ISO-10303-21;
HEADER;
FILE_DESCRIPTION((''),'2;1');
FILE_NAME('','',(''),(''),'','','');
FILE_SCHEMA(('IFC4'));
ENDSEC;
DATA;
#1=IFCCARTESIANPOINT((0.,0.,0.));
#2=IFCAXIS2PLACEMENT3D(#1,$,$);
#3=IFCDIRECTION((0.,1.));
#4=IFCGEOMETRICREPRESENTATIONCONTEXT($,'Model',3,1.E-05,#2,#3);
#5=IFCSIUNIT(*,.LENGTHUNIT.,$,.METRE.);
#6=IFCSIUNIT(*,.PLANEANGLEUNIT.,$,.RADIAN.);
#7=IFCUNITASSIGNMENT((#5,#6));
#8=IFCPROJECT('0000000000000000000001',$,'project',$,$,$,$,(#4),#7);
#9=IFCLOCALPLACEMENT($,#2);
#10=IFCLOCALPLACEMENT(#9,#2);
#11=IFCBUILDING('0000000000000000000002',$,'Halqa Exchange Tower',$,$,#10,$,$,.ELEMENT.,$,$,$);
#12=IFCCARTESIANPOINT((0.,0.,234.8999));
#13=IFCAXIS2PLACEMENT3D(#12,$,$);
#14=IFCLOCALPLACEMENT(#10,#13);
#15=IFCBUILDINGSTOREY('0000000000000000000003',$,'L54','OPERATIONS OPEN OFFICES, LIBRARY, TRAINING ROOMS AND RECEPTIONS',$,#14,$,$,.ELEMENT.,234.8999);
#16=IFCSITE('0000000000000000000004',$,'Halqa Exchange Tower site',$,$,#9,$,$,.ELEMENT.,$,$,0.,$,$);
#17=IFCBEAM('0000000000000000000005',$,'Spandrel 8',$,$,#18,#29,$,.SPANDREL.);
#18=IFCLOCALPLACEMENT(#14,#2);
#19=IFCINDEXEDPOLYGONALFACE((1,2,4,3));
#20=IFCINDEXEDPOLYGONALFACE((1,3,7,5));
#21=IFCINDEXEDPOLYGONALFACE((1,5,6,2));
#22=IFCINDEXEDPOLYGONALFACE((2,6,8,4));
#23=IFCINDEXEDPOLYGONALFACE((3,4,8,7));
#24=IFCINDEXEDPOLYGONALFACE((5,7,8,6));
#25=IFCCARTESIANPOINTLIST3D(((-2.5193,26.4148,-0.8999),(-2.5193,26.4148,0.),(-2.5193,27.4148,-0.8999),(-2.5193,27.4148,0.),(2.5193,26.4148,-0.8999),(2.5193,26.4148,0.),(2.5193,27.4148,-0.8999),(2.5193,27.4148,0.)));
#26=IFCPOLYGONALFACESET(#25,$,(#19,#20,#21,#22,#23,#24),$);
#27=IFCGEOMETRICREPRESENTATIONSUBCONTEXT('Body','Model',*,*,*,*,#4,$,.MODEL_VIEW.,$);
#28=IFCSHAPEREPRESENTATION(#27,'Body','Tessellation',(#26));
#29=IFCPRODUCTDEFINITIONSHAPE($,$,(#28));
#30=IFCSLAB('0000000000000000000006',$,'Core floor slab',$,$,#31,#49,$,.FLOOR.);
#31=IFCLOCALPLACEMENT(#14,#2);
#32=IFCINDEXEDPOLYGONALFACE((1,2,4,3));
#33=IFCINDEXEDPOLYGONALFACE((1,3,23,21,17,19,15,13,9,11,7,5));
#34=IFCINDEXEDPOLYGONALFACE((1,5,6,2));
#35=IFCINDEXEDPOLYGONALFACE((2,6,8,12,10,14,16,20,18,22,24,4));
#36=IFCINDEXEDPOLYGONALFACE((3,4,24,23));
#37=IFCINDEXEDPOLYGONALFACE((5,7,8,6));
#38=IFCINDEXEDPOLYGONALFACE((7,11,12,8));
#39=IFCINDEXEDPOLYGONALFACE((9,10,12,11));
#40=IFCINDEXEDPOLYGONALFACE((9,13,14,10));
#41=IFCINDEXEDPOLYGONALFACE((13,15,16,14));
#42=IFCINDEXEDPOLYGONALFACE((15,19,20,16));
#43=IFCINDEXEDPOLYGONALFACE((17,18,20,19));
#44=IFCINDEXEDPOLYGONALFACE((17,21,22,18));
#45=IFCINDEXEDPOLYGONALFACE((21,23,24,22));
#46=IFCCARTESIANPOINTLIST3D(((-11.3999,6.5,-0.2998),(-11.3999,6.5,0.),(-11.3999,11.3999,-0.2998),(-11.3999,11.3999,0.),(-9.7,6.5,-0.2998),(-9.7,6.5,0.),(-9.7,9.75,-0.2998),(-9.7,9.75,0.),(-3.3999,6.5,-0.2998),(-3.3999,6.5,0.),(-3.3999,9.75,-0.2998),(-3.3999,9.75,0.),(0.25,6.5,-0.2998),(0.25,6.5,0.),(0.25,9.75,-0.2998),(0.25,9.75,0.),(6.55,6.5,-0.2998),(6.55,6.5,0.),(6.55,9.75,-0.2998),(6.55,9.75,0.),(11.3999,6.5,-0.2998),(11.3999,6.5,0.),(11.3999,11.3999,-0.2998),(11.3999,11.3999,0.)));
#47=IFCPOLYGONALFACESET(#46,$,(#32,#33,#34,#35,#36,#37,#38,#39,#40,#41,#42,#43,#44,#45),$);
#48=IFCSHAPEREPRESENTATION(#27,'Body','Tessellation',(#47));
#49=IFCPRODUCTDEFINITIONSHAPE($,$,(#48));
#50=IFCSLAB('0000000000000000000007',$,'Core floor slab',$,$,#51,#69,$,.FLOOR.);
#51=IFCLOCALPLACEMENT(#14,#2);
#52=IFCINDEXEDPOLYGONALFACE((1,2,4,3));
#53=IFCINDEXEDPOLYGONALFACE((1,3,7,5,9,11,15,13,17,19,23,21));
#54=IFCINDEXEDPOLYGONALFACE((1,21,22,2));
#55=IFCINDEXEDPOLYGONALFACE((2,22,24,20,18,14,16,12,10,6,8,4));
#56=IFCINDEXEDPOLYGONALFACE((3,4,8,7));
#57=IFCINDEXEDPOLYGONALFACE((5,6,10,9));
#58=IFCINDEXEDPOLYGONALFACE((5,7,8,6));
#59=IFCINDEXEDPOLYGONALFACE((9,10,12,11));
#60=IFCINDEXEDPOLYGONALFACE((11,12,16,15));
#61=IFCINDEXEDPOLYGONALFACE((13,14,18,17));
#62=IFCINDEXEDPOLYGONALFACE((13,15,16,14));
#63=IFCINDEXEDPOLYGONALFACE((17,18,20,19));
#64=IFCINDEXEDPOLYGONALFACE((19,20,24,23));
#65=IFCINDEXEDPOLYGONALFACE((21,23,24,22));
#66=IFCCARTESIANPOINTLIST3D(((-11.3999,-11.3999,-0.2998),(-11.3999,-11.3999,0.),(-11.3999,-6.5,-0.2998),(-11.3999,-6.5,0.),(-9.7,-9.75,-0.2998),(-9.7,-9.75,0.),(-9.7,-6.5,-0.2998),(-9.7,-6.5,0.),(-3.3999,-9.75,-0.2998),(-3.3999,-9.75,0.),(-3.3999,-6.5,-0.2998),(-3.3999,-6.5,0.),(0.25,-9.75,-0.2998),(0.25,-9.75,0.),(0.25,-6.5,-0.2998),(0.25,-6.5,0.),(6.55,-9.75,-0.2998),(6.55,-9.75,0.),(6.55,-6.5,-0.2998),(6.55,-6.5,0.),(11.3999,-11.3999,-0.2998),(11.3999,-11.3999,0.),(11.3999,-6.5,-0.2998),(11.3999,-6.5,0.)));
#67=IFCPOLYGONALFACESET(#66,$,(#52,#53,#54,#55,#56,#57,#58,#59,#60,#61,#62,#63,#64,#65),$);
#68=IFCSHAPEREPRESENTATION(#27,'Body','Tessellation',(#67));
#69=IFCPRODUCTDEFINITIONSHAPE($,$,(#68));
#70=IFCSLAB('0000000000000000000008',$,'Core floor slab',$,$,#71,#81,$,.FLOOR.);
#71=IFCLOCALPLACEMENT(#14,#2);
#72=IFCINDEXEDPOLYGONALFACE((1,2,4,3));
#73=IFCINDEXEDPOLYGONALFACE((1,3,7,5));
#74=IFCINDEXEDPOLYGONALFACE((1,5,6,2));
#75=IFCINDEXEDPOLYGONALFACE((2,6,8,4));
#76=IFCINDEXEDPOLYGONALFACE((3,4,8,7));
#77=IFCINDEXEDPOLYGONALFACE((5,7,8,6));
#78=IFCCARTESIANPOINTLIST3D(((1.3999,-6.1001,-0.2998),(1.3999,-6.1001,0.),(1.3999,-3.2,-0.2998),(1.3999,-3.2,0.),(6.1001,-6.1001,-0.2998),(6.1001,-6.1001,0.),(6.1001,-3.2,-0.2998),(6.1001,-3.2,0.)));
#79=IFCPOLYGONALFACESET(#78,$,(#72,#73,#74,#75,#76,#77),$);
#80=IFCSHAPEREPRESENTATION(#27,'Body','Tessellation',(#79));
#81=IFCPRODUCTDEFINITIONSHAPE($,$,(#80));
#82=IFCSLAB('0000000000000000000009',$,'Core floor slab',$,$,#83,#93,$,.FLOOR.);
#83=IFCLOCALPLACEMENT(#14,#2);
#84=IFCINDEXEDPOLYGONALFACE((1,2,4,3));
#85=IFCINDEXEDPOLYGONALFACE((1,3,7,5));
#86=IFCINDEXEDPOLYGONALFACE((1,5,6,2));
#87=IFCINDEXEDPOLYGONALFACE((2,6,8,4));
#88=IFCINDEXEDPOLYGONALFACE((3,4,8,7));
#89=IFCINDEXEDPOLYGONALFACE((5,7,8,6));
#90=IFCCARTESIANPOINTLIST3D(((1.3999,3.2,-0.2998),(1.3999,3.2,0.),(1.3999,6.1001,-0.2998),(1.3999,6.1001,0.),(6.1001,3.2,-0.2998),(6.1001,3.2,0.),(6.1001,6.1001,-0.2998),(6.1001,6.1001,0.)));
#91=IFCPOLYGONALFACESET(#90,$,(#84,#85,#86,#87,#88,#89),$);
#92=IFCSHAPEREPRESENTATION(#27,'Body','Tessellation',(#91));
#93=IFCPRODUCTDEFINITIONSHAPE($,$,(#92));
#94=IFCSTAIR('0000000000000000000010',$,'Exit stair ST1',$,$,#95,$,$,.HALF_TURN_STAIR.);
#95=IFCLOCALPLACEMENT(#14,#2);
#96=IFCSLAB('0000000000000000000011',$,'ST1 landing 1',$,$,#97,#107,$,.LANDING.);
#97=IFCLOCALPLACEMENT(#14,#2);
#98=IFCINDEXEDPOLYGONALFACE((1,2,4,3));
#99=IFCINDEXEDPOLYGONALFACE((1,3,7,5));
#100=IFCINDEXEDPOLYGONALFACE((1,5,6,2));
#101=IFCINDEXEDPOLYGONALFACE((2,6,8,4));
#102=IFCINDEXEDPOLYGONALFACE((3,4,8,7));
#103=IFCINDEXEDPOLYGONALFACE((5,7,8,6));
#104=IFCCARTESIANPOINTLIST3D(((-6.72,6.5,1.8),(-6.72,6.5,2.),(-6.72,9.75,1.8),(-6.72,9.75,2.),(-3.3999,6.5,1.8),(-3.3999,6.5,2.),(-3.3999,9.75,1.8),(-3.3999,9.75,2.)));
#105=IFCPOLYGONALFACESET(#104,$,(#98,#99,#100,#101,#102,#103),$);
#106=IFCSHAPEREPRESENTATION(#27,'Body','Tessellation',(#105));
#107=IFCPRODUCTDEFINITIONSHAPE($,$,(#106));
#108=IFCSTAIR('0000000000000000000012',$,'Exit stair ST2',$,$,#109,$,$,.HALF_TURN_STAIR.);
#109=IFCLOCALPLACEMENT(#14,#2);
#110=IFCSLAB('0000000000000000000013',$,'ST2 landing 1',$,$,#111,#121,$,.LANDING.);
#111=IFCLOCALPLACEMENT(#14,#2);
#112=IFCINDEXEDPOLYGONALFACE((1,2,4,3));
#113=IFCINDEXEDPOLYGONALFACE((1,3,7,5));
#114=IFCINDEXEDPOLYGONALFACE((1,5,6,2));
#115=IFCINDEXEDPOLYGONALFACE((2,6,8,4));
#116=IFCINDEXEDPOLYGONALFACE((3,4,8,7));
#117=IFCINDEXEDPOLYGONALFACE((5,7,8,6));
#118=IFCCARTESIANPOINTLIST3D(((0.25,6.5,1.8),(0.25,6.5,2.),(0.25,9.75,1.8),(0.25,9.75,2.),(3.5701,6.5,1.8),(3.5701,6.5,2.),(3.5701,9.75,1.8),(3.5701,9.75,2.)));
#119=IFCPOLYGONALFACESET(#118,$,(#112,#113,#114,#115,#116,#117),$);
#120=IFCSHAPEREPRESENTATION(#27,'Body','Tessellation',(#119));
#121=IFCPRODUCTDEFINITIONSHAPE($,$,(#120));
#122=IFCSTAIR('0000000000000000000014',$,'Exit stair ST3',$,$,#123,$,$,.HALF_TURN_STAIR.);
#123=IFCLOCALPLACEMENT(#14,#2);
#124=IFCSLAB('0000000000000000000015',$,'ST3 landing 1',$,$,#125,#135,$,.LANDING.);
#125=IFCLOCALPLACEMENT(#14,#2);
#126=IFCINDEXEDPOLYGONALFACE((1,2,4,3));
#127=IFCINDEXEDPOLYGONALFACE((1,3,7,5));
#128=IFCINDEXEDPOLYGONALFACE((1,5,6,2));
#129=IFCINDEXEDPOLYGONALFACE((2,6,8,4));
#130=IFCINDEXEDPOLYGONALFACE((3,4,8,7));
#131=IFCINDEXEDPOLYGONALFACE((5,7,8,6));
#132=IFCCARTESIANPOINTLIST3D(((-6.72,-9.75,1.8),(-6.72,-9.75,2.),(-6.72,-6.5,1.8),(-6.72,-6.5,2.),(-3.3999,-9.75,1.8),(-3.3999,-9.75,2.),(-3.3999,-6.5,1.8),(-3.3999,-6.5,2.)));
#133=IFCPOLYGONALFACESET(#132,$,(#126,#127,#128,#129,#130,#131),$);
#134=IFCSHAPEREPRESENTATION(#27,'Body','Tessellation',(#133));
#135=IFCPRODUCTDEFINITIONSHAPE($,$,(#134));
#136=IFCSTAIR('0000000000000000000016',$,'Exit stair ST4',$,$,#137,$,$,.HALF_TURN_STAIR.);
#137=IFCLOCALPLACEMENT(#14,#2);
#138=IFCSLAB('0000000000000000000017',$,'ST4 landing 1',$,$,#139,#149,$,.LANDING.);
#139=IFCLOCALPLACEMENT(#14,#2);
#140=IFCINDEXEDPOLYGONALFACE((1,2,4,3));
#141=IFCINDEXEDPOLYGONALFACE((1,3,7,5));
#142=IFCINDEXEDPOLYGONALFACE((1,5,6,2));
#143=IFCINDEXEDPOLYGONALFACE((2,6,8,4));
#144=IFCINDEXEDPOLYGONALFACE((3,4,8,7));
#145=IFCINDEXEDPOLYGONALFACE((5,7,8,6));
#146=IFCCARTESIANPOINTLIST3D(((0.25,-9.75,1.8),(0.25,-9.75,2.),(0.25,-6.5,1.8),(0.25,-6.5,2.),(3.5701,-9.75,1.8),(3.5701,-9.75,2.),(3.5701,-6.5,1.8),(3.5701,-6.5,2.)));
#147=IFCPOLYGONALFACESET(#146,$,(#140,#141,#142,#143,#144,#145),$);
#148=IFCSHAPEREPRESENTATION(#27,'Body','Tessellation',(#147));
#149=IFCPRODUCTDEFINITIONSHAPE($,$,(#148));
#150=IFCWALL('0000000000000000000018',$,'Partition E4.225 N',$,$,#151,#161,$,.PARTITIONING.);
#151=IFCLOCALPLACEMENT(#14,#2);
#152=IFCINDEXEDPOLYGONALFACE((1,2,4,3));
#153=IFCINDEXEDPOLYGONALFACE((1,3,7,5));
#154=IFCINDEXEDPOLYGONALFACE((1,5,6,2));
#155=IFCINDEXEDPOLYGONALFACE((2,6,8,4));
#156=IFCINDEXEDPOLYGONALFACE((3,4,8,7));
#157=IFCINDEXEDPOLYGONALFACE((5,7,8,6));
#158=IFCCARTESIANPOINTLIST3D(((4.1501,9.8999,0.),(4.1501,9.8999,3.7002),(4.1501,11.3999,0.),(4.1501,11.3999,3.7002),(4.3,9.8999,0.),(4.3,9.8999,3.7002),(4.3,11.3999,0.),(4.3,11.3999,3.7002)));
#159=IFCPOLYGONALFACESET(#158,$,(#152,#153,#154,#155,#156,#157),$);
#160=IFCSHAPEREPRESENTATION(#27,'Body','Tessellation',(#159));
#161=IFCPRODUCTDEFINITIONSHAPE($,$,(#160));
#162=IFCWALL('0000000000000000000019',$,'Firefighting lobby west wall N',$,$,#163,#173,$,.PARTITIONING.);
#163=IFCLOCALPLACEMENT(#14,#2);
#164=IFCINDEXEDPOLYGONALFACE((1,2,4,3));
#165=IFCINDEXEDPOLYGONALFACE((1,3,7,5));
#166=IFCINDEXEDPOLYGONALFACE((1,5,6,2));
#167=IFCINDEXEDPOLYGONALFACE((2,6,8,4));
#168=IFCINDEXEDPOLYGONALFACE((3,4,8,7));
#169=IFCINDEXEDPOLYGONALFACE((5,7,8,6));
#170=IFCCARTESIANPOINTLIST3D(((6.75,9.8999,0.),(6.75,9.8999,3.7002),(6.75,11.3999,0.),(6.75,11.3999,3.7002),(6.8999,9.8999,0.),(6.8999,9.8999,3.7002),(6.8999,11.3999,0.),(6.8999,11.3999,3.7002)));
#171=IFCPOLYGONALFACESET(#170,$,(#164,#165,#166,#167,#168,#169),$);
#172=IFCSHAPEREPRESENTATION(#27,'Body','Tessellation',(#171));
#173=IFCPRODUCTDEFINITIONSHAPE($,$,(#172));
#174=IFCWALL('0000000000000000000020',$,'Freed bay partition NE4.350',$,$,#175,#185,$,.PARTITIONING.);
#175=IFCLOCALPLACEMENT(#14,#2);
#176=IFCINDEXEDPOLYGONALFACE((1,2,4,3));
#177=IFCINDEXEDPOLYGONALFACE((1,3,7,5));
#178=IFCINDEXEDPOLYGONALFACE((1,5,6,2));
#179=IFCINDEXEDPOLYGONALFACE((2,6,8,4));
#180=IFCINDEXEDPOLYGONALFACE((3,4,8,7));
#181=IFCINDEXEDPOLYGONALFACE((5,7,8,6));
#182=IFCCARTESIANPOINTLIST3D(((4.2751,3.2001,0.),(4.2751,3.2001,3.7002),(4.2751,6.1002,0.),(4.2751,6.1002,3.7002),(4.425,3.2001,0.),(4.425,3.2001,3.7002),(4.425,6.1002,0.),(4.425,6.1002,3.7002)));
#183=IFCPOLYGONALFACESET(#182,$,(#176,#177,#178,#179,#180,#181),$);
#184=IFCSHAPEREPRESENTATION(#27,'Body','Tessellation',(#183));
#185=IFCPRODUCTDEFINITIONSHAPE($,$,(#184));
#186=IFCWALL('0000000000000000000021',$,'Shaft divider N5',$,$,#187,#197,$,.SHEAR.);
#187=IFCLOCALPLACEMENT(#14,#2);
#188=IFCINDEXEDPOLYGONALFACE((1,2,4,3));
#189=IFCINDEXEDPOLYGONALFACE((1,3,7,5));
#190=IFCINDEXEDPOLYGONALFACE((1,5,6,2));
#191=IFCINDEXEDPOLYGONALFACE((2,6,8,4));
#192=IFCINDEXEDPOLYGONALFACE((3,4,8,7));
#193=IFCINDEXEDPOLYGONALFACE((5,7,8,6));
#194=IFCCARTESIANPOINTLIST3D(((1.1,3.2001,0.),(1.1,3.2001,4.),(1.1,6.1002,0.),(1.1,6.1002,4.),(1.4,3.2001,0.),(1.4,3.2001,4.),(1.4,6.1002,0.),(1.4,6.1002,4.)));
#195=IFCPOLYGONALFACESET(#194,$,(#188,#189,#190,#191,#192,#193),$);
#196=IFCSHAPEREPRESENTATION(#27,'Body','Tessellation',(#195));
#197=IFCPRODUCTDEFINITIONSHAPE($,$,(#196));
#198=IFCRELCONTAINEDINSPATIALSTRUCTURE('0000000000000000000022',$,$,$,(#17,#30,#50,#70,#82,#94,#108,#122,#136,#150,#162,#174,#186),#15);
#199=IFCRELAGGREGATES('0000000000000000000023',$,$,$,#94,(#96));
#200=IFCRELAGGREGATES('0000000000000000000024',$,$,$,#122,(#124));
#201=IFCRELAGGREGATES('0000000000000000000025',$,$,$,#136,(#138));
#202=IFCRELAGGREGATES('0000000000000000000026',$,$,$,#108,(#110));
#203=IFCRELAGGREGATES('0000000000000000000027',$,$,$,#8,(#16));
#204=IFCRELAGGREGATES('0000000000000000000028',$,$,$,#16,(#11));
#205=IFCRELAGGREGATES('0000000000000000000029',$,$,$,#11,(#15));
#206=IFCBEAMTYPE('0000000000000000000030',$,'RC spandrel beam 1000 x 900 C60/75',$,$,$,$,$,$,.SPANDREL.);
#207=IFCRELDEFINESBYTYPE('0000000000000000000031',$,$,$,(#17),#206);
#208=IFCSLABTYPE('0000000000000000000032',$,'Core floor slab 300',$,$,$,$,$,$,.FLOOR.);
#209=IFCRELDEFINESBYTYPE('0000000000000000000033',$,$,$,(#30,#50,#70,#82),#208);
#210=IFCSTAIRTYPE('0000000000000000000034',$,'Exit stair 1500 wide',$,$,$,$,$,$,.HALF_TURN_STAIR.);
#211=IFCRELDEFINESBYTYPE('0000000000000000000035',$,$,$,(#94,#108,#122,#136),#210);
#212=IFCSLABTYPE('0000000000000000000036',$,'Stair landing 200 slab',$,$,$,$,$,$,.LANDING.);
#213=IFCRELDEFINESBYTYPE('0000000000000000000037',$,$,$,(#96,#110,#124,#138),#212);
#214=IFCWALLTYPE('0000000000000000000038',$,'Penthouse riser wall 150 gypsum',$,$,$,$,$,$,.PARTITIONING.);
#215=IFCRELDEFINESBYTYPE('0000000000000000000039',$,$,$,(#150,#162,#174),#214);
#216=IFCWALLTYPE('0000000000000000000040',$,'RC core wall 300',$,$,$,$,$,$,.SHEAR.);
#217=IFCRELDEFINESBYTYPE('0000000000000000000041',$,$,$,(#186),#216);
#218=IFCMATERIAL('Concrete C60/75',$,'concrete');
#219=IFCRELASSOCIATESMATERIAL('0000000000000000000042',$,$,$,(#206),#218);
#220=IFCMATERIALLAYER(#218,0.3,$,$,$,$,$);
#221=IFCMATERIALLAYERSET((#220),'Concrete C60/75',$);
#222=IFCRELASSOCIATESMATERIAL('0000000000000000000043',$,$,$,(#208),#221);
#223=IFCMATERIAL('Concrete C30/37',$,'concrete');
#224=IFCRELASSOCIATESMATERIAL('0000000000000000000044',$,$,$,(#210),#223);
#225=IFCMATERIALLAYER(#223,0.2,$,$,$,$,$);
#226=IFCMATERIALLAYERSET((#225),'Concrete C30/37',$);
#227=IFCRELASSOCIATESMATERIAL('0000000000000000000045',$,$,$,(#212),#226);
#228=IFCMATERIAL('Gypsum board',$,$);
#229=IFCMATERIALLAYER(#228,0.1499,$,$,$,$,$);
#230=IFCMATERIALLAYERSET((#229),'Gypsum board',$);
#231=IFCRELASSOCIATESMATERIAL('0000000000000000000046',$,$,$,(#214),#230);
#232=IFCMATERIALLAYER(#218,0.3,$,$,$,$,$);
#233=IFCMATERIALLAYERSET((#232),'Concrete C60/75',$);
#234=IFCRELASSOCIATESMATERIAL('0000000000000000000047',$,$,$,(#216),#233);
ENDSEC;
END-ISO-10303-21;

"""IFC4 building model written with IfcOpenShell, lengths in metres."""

from ifc_helpers import new_model, si_unit, direction, frame, frame_2d, origin, origin_2d, place, context, subcontext, project, spatial, polyline, rectangle, outline, extrude, material, layer, layer_set, material_profile, profile_set, type_object, element, aggregate, save


model = new_model("IFC4")

# Units and contexts
model_context = context("Model", 3, precision=1e-05, world=origin(), true_north=direction((0.0, 1.0)))
body_context = subcontext(model_context, "Body", "Model", "MODEL_VIEW")
ifc_project = project(units=[si_unit("LENGTHUNIT", "METRE"), si_unit("PLANEANGLEUNIT", "RADIAN")], contexts=[model_context])

# Site, building, storey
site_placement = place(None, origin())
site = spatial("IfcSite", under=ifc_project, at=site_placement, Name="Halqa Exchange Tower site", CompositionType="ELEMENT", RefElevation=0.0)
building_placement = place(site_placement, origin())
building = spatial("IfcBuilding", under=site, at=building_placement, Name="Halqa Exchange Tower", CompositionType="ELEMENT")
storey_placement = place(building_placement, frame((0.0, 0.0, 234.8999)))
storey = spatial("IfcBuildingStorey", under=building, at=storey_placement, Name="L54", Description="OPERATIONS OPEN OFFICES, LIBRARY, TRAINING ROOMS AND RECEPTIONS", CompositionType="ELEMENT", Elevation=234.8999)

# Shared definitions
ifc_material_1 = material(Name="Concrete C60/75", Category="concrete")

# Beam
ifc_material_profile_1 = material_profile(ifc_material_1, rectangle(XDim=1.0, YDim=0.8999, at=origin_2d()), Name="1000 x 900")
ifc_profile_set_1 = profile_set([ifc_material_profile_1], Name="Concrete C60/75")
beam_type_1 = type_object("IfcBeamType", Name="RC spandrel beam 1000 x 900 C60/75", PredefinedType="SPANDREL", material=ifc_profile_set_1)
beam_1_placement = place(storey_placement, frame((2.5193, 26.9148, -0.45), z_axis=(-1.0, 0.0, 0.0), x_axis=(0.0, -1.0, 0.0)))
element("IfcBeam", 1, at=beam_1_placement, inside=storey, type_object=beam_type_1, Name="Spandrel 8", PredefinedType="SPANDREL", context=body_context, shape_type="SweptSolid", body=[
    extrude(rectangle(XDim=1.0, YDim=0.8999, at=origin_2d()), origin(), (0.0, 0.0, 1.0), 5.0386),
])

# Slabs
ifc_layer_1 = layer(ifc_material_1, 0.3)
ifc_layer_set_1 = layer_set([ifc_layer_1], Name="Concrete C60/75")
slab_type_1 = type_object("IfcSlabType", Name="Core floor slab 300", PredefinedType="FLOOR", material=ifc_layer_set_1)
slab_1_placement = place(storey_placement, frame((0.0, 0.0, -0.2998)))
element("IfcSlab", 2, at=slab_1_placement, inside=storey, type_object=slab_type_1, Name="Core floor slab", PredefinedType="FLOOR", context=body_context, shape_type="SweptSolid", body=[
    extrude(outline(polyline([(-11.3999, 11.3999), (11.3999, 11.3999), (11.3999, 6.5), (6.55, 6.5), (6.55, 9.75), (0.25, 9.75), (0.25, 6.5), (-3.3999, 6.5), (-3.3999, 9.75), (-9.7, 9.75), (-9.7, 6.5), (-11.3999, 6.5), (-11.3999, 11.3999)])), origin(), (0.0, 0.0, 1.0), 0.2998),
])
slab_2_placement = place(storey_placement, frame((0.0, 0.0, -0.2998)))
element("IfcSlab", 3, at=slab_2_placement, inside=storey, type_object=slab_type_1, Name="Core floor slab", PredefinedType="FLOOR", context=body_context, shape_type="SweptSolid", body=[
    extrude(outline(polyline([(-9.7, -9.75), (-3.3999, -9.75), (-3.3999, -6.5), (0.25, -6.5), (0.25, -9.75), (6.55, -9.75), (6.55, -6.5), (11.3999, -6.5), (11.3999, -11.3999), (-11.3999, -11.3999), (-11.3999, -6.5), (-9.7, -6.5), (-9.7, -9.75)])), origin(), (0.0, 0.0, 1.0), 0.2998),
])
slab_3_placement = place(storey_placement, frame((0.0, 0.0, -0.2998)))
element("IfcSlab", 4, at=slab_3_placement, inside=storey, type_object=slab_type_1, Name="Core floor slab", PredefinedType="FLOOR", context=body_context, shape_type="SweptSolid", body=[
    extrude(outline(polyline([(6.1001, -3.2), (6.1001, -6.1001), (1.3999, -6.1001), (1.3999, -3.2), (6.1001, -3.2)])), origin(), (0.0, 0.0, 1.0), 0.2998),
])
slab_4_placement = place(storey_placement, frame((0.0, 0.0, -0.2998)))
element("IfcSlab", 5, at=slab_4_placement, inside=storey, type_object=slab_type_1, Name="Core floor slab", PredefinedType="FLOOR", context=body_context, shape_type="SweptSolid", body=[
    extrude(outline(polyline([(6.1001, 6.1001), (6.1001, 3.2), (1.3999, 3.2), (1.3999, 6.1001), (6.1001, 6.1001)])), origin(), (0.0, 0.0, 1.0), 0.2998),
])

# Stairs, slabs
ifc_material_2 = material(Name="Concrete C30/37", Category="concrete")
stair_type = type_object("IfcStairType", Name="Exit stair 1500 wide", PredefinedType="HALF_TURN_STAIR", material=ifc_material_2)
stair_1_placement = place(storey_placement, origin())
stair_1 = element("IfcStair", 6, at=stair_1_placement, inside=storey, type_object=stair_type, Name="Exit stair ST1", PredefinedType="HALF_TURN_STAIR")
ifc_layer_2 = layer(ifc_material_2, 0.2)
ifc_layer_set_2 = layer_set([ifc_layer_2], Name="Concrete C30/37")
slab_type_2 = type_object("IfcSlabType", Name="Stair landing 200 slab", PredefinedType="LANDING", material=ifc_layer_set_2)
slab_5_placement = place(storey_placement, frame((0.0, 0.0, 1.8)))
slab_5 = element("IfcSlab", 7, at=slab_5_placement, type_object=slab_type_2, Name="ST1 landing 1", PredefinedType="LANDING", context=body_context, shape_type="SweptSolid", body=[
    extrude(outline(polyline([(-6.72, 6.5), (-3.3999, 6.5), (-3.3999, 9.75), (-6.72, 9.75), (-6.72, 6.5)])), origin(), (0.0, 0.0, 1.0), 0.2),
])
aggregate(stair_1, [slab_5])
stair_2_placement = place(storey_placement, origin())
stair_2 = element("IfcStair", 8, at=stair_2_placement, inside=storey, type_object=stair_type, Name="Exit stair ST2", PredefinedType="HALF_TURN_STAIR")
slab_6_placement = place(storey_placement, frame((0.0, 0.0, 1.8)))
slab_6 = element("IfcSlab", 9, at=slab_6_placement, type_object=slab_type_2, Name="ST2 landing 1", PredefinedType="LANDING", context=body_context, shape_type="SweptSolid", body=[
    extrude(outline(polyline([(0.25, 6.5), (3.5701, 6.5), (3.5701, 9.75), (0.25, 9.75), (0.25, 6.5)])), origin(), (0.0, 0.0, 1.0), 0.2),
])
stair_3_placement = place(storey_placement, origin())
stair_3 = element("IfcStair", 10, at=stair_3_placement, inside=storey, type_object=stair_type, Name="Exit stair ST3", PredefinedType="HALF_TURN_STAIR")
slab_7_placement = place(storey_placement, frame((0.0, 0.0, 1.8)))
slab_7 = element("IfcSlab", 11, at=slab_7_placement, type_object=slab_type_2, Name="ST3 landing 1", PredefinedType="LANDING", context=body_context, shape_type="SweptSolid", body=[
    extrude(outline(polyline([(-6.72, -9.75), (-3.3999, -9.75), (-3.3999, -6.5), (-6.72, -6.5), (-6.72, -9.75)])), origin(), (0.0, 0.0, 1.0), 0.2),
])
aggregate(stair_3, [slab_7])
stair_4_placement = place(storey_placement, origin())
stair_4 = element("IfcStair", 12, at=stair_4_placement, inside=storey, type_object=stair_type, Name="Exit stair ST4", PredefinedType="HALF_TURN_STAIR")
slab_8_placement = place(storey_placement, frame((0.0, 0.0, 1.8)))
slab_8 = element("IfcSlab", 13, at=slab_8_placement, type_object=slab_type_2, Name="ST4 landing 1", PredefinedType="LANDING", context=body_context, shape_type="SweptSolid", body=[
    extrude(outline(polyline([(0.25, -9.75), (3.5701, -9.75), (3.5701, -6.5), (0.25, -6.5), (0.25, -9.75)])), origin(), (0.0, 0.0, 1.0), 0.2),
])
aggregate(stair_4, [slab_8])

# Walls
ifc_material_3 = material(Name="Gypsum board")
ifc_layer_3 = layer(ifc_material_3, 0.1499)
ifc_layer_set_3 = layer_set([ifc_layer_3], Name="Gypsum board")
wall_type_1 = type_object("IfcWallType", Name="Penthouse riser wall 150 gypsum", PredefinedType="PARTITIONING", material=ifc_layer_set_3)
for number, where, z_axis, x_axis, name in (
    (14, (4.2251, 9.8999, 0.0), (0.0, 0.0, 1.0), (0.0, 1.0, 0.0), "Partition E4.225 N"),
    (15, (6.825, 9.8999, 0.0), (0.0, 0.0, 1.0), (0.0, 1.0, 0.0), "Firefighting lobby west wall N"),
):
    element("IfcWall", number, at=place(storey_placement, frame(where, z_axis=z_axis, x_axis=x_axis)), inside=storey, type_object=wall_type_1, Name=name, PredefinedType="PARTITIONING", context=body_context, shape_type="SweptSolid", body=[
        extrude(rectangle(XDim=1.5, YDim=0.1499, at=frame_2d((0.75, 0.0))), origin(), (0.0, 0.0, 1.0), 3.7002),
    ])
wall_1_placement = place(storey_placement, frame((4.3501, 3.2, 0.0), z_axis=(0.0, 0.0, 1.0), x_axis=(0.0, 1.0, 0.0)))
element("IfcWall", 16, at=wall_1_placement, inside=storey, type_object=wall_type_1, Name="Freed bay partition NE4.350", PredefinedType="PARTITIONING", context=body_context, shape_type="SweptSolid", body=[
    extrude(rectangle(XDim=2.9001, YDim=0.1499, at=frame_2d((1.4502, 0.0))), origin(), (0.0, 0.0, 1.0), 3.7002),
])
ifc_layer_4 = layer(ifc_material_1, 0.3)
ifc_layer_set_4 = layer_set([ifc_layer_4], Name="Concrete C60/75")
wall_type_2 = type_object("IfcWallType", Name="RC core wall 300", PredefinedType="SHEAR", material=ifc_layer_set_4)
for number, where, z_axis, x_axis, name in (
    (17, (1.25, 3.2, 0.0), (0.0, 0.0, 1.0), (0.0, 1.0, 0.0), "Shaft divider N5"),
):
    element("IfcWall", number, at=place(storey_placement, frame(where, z_axis=z_axis, x_axis=x_axis)), inside=storey, type_object=wall_type_2, Name=name, PredefinedType="SHEAR", context=body_context, shape_type="SweptSolid", body=[
        extrude(rectangle(XDim=2.9001, YDim=0.3, at=frame_2d((1.4502, 0.0))), origin(), (0.0, 0.0, 1.0), 4.0),
    ])

aggregate(stair_2, [slab_6])

save(model, "model.ifc")
